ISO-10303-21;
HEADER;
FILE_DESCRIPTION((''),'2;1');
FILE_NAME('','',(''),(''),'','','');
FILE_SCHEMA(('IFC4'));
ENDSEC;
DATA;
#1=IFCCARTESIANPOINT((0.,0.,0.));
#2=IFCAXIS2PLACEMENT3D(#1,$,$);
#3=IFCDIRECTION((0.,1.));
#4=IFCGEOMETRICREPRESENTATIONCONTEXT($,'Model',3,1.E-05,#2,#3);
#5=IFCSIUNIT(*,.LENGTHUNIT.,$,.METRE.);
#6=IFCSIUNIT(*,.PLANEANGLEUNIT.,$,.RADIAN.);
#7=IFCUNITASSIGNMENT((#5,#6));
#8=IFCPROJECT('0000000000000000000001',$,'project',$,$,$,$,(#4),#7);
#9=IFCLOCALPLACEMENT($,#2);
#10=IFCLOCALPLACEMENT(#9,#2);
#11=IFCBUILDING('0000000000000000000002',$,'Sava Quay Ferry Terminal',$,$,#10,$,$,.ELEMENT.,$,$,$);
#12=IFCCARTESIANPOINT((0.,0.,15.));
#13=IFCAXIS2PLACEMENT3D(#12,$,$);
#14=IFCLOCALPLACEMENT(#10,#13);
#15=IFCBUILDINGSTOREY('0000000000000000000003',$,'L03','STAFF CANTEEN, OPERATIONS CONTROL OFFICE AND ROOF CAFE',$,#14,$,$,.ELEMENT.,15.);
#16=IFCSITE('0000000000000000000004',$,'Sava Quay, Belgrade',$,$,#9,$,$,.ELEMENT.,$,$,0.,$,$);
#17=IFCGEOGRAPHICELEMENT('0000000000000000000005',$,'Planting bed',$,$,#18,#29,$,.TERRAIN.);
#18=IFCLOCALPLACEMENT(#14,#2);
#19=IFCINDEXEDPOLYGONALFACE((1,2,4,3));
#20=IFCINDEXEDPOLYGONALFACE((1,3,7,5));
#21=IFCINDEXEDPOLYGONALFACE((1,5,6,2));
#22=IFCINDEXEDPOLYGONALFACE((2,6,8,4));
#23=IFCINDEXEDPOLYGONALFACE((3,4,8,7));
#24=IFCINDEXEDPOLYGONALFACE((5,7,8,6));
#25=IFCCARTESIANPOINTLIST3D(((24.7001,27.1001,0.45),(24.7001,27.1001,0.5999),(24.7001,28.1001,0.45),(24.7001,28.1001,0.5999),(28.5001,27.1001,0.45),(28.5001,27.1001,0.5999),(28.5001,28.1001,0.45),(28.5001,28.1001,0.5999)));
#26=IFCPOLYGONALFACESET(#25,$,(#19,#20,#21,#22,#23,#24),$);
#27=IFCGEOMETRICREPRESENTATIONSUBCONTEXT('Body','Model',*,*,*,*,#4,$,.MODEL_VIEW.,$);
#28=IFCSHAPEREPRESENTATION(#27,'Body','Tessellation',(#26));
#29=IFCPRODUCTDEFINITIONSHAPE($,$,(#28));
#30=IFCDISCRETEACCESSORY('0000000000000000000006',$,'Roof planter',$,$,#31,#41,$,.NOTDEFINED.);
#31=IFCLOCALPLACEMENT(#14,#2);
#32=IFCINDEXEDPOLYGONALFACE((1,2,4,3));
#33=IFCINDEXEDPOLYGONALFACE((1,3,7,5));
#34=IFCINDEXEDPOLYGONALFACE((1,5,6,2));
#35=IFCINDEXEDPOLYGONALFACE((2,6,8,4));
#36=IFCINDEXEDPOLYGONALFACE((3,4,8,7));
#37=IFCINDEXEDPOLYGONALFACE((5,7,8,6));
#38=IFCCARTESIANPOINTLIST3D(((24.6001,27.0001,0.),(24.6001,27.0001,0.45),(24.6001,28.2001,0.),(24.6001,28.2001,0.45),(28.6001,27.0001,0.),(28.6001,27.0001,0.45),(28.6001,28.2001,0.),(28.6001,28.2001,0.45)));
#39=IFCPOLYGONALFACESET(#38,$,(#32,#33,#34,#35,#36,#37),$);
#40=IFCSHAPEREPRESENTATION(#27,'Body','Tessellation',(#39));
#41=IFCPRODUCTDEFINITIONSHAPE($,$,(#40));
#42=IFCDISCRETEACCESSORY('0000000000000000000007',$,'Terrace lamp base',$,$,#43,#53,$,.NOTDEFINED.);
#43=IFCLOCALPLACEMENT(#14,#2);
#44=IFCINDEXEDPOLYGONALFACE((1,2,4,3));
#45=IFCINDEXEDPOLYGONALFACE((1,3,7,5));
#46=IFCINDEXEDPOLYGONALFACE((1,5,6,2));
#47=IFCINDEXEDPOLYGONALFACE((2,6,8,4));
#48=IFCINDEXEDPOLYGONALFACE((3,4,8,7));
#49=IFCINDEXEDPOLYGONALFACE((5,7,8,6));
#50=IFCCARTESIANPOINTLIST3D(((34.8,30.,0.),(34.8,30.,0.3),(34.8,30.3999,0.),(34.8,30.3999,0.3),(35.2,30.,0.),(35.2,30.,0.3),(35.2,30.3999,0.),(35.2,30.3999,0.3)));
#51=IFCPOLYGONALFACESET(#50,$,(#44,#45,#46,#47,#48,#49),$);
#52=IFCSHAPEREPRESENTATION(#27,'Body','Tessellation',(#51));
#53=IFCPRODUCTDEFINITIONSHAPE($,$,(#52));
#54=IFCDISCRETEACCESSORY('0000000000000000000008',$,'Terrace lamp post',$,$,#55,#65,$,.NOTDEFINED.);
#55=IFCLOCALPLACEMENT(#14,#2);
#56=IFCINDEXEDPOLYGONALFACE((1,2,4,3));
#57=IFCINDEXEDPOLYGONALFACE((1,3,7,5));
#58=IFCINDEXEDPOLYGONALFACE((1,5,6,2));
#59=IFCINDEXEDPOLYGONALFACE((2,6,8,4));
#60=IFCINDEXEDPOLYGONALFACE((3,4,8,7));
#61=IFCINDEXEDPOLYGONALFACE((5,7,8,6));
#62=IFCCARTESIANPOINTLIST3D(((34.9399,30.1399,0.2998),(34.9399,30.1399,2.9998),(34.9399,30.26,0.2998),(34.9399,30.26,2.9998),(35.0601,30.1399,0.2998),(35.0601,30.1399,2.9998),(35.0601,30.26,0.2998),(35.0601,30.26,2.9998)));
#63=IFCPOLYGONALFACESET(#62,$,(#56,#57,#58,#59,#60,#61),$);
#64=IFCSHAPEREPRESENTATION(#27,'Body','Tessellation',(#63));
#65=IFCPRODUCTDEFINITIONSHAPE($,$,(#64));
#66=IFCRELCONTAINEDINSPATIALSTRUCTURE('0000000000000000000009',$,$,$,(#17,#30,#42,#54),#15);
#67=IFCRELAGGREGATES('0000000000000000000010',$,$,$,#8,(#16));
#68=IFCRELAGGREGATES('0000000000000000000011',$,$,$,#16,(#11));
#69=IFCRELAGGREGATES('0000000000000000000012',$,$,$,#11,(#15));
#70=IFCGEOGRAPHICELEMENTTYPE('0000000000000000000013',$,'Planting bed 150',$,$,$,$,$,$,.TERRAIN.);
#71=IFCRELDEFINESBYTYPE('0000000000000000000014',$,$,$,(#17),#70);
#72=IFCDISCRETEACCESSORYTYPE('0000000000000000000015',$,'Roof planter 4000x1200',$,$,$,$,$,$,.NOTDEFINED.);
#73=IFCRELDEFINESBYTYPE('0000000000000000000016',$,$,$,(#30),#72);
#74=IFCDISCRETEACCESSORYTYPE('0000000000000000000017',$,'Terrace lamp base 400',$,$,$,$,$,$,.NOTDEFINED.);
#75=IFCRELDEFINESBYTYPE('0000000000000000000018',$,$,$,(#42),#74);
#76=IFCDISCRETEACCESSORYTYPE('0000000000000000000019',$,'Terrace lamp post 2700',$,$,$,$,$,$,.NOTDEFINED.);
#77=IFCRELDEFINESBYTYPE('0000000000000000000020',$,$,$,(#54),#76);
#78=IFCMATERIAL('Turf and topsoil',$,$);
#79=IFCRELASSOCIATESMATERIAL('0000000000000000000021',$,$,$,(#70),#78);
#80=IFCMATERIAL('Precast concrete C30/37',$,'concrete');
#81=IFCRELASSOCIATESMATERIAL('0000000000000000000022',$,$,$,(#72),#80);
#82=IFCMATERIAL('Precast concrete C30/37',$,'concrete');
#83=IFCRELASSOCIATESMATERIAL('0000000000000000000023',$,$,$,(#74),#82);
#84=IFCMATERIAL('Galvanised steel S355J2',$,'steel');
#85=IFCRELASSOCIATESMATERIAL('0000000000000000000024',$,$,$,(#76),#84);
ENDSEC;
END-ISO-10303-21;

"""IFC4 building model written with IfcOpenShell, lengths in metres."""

from ifc_helpers import new_model, si_unit, direction, frame, origin, origin_2d, place, context, subcontext, project, spatial, rectangle, extrude, material, type_object, element, save


model = new_model("IFC4")

# Units and contexts
model_context = context("Model", 3, precision=1e-05, world=origin(), true_north=direction((0.0, 1.0)))
body_context = subcontext(model_context, "Body", "Model", "MODEL_VIEW")
ifc_project = project(units=[si_unit("LENGTHUNIT", "METRE"), si_unit("PLANEANGLEUNIT", "RADIAN")], contexts=[model_context])

# Site, building, storey
site_placement = place(None, origin())
site = spatial("IfcSite", under=ifc_project, at=site_placement, Name="Sava Quay, Belgrade", CompositionType="ELEMENT", RefElevation=0.0)
building_placement = place(site_placement, origin())
building = spatial("IfcBuilding", under=site, at=building_placement, Name="Sava Quay Ferry Terminal", CompositionType="ELEMENT")
storey_placement = place(building_placement, frame((0.0, 0.0, 15.0)))
storey = spatial("IfcBuildingStorey", under=building, at=storey_placement, Name="L03", Description="STAFF CANTEEN, OPERATIONS CONTROL OFFICE AND ROOF CAFE", CompositionType="ELEMENT", Elevation=15.0)

# Geographic element
ifc_material_1 = material(Name="Turf and topsoil")
geographic_element_type = type_object("IfcGeographicElementType", Name="Planting bed 150", PredefinedType="TERRAIN", material=ifc_material_1)
geographic_element_placement = place(storey_placement, frame((26.6001, 27.6001, 0.45), z_axis=(0.0, 0.0, 1.0), x_axis=(1.0, 0.0, 0.0)))
element("IfcGeographicElement", 1, at=geographic_element_placement, inside=storey, type_object=geographic_element_type, Name="Planting bed", PredefinedType="TERRAIN", context=body_context, shape_type="SweptSolid", body=[
    extrude(rectangle(XDim=3.8, YDim=1.0, at=origin_2d()), origin(), (0.0, 0.0, 1.0), 0.1499),
])

# Discrete accessories
ifc_material_2 = material(Name="Precast concrete C30/37", Category="concrete")
discrete_accessory_type_1 = type_object("IfcDiscreteAccessoryType", Name="Roof planter 4000x1200", PredefinedType="NOTDEFINED", material=ifc_material_2)
discrete_accessory_1_placement = place(storey_placement, frame((26.6001, 27.6001, 0.0), z_axis=(0.0, 0.0, 1.0), x_axis=(1.0, 0.0, 0.0)))
element("IfcDiscreteAccessory", 2, at=discrete_accessory_1_placement, inside=storey, type_object=discrete_accessory_type_1, Name="Roof planter", PredefinedType="NOTDEFINED", context=body_context, shape_type="SweptSolid", body=[
    extrude(rectangle(XDim=4.0, YDim=1.2, at=origin_2d()), origin(), (0.0, 0.0, 1.0), 0.45),
])
ifc_material_3 = material(Name="Precast concrete C30/37", Category="concrete")
discrete_accessory_type_2 = type_object("IfcDiscreteAccessoryType", Name="Terrace lamp base 400", PredefinedType="NOTDEFINED", material=ifc_material_3)
discrete_accessory_2_placement = place(storey_placement, frame((35.0, 30.2, 0.0), z_axis=(0.0, 0.0, 1.0), x_axis=(1.0, 0.0, 0.0)))
element("IfcDiscreteAccessory", 3, at=discrete_accessory_2_placement, inside=storey, type_object=discrete_accessory_type_2, Name="Terrace lamp base", PredefinedType="NOTDEFINED", context=body_context, shape_type="SweptSolid", body=[
    extrude(rectangle(XDim=0.3999, YDim=0.3999, at=origin_2d()), origin(), (0.0, 0.0, 1.0), 0.3),
])
ifc_material_4 = material(Name="Galvanised steel S355J2", Category="steel")
discrete_accessory_type_3 = type_object("IfcDiscreteAccessoryType", Name="Terrace lamp post 2700", PredefinedType="NOTDEFINED", material=ifc_material_4)
discrete_accessory_3_placement = place(storey_placement, frame((35.0, 30.2, 0.2998), z_axis=(0.0, 0.0, 1.0), x_axis=(1.0, 0.0, 0.0)))
element("IfcDiscreteAccessory", 4, at=discrete_accessory_3_placement, inside=storey, type_object=discrete_accessory_type_3, Name="Terrace lamp post", PredefinedType="NOTDEFINED", context=body_context, shape_type="SweptSolid", body=[
    extrude(rectangle(XDim=0.1201, YDim=0.1201, at=origin_2d()), origin(), (0.0, 0.0, 1.0), 2.7),
])

save(model, "model.ifc")
